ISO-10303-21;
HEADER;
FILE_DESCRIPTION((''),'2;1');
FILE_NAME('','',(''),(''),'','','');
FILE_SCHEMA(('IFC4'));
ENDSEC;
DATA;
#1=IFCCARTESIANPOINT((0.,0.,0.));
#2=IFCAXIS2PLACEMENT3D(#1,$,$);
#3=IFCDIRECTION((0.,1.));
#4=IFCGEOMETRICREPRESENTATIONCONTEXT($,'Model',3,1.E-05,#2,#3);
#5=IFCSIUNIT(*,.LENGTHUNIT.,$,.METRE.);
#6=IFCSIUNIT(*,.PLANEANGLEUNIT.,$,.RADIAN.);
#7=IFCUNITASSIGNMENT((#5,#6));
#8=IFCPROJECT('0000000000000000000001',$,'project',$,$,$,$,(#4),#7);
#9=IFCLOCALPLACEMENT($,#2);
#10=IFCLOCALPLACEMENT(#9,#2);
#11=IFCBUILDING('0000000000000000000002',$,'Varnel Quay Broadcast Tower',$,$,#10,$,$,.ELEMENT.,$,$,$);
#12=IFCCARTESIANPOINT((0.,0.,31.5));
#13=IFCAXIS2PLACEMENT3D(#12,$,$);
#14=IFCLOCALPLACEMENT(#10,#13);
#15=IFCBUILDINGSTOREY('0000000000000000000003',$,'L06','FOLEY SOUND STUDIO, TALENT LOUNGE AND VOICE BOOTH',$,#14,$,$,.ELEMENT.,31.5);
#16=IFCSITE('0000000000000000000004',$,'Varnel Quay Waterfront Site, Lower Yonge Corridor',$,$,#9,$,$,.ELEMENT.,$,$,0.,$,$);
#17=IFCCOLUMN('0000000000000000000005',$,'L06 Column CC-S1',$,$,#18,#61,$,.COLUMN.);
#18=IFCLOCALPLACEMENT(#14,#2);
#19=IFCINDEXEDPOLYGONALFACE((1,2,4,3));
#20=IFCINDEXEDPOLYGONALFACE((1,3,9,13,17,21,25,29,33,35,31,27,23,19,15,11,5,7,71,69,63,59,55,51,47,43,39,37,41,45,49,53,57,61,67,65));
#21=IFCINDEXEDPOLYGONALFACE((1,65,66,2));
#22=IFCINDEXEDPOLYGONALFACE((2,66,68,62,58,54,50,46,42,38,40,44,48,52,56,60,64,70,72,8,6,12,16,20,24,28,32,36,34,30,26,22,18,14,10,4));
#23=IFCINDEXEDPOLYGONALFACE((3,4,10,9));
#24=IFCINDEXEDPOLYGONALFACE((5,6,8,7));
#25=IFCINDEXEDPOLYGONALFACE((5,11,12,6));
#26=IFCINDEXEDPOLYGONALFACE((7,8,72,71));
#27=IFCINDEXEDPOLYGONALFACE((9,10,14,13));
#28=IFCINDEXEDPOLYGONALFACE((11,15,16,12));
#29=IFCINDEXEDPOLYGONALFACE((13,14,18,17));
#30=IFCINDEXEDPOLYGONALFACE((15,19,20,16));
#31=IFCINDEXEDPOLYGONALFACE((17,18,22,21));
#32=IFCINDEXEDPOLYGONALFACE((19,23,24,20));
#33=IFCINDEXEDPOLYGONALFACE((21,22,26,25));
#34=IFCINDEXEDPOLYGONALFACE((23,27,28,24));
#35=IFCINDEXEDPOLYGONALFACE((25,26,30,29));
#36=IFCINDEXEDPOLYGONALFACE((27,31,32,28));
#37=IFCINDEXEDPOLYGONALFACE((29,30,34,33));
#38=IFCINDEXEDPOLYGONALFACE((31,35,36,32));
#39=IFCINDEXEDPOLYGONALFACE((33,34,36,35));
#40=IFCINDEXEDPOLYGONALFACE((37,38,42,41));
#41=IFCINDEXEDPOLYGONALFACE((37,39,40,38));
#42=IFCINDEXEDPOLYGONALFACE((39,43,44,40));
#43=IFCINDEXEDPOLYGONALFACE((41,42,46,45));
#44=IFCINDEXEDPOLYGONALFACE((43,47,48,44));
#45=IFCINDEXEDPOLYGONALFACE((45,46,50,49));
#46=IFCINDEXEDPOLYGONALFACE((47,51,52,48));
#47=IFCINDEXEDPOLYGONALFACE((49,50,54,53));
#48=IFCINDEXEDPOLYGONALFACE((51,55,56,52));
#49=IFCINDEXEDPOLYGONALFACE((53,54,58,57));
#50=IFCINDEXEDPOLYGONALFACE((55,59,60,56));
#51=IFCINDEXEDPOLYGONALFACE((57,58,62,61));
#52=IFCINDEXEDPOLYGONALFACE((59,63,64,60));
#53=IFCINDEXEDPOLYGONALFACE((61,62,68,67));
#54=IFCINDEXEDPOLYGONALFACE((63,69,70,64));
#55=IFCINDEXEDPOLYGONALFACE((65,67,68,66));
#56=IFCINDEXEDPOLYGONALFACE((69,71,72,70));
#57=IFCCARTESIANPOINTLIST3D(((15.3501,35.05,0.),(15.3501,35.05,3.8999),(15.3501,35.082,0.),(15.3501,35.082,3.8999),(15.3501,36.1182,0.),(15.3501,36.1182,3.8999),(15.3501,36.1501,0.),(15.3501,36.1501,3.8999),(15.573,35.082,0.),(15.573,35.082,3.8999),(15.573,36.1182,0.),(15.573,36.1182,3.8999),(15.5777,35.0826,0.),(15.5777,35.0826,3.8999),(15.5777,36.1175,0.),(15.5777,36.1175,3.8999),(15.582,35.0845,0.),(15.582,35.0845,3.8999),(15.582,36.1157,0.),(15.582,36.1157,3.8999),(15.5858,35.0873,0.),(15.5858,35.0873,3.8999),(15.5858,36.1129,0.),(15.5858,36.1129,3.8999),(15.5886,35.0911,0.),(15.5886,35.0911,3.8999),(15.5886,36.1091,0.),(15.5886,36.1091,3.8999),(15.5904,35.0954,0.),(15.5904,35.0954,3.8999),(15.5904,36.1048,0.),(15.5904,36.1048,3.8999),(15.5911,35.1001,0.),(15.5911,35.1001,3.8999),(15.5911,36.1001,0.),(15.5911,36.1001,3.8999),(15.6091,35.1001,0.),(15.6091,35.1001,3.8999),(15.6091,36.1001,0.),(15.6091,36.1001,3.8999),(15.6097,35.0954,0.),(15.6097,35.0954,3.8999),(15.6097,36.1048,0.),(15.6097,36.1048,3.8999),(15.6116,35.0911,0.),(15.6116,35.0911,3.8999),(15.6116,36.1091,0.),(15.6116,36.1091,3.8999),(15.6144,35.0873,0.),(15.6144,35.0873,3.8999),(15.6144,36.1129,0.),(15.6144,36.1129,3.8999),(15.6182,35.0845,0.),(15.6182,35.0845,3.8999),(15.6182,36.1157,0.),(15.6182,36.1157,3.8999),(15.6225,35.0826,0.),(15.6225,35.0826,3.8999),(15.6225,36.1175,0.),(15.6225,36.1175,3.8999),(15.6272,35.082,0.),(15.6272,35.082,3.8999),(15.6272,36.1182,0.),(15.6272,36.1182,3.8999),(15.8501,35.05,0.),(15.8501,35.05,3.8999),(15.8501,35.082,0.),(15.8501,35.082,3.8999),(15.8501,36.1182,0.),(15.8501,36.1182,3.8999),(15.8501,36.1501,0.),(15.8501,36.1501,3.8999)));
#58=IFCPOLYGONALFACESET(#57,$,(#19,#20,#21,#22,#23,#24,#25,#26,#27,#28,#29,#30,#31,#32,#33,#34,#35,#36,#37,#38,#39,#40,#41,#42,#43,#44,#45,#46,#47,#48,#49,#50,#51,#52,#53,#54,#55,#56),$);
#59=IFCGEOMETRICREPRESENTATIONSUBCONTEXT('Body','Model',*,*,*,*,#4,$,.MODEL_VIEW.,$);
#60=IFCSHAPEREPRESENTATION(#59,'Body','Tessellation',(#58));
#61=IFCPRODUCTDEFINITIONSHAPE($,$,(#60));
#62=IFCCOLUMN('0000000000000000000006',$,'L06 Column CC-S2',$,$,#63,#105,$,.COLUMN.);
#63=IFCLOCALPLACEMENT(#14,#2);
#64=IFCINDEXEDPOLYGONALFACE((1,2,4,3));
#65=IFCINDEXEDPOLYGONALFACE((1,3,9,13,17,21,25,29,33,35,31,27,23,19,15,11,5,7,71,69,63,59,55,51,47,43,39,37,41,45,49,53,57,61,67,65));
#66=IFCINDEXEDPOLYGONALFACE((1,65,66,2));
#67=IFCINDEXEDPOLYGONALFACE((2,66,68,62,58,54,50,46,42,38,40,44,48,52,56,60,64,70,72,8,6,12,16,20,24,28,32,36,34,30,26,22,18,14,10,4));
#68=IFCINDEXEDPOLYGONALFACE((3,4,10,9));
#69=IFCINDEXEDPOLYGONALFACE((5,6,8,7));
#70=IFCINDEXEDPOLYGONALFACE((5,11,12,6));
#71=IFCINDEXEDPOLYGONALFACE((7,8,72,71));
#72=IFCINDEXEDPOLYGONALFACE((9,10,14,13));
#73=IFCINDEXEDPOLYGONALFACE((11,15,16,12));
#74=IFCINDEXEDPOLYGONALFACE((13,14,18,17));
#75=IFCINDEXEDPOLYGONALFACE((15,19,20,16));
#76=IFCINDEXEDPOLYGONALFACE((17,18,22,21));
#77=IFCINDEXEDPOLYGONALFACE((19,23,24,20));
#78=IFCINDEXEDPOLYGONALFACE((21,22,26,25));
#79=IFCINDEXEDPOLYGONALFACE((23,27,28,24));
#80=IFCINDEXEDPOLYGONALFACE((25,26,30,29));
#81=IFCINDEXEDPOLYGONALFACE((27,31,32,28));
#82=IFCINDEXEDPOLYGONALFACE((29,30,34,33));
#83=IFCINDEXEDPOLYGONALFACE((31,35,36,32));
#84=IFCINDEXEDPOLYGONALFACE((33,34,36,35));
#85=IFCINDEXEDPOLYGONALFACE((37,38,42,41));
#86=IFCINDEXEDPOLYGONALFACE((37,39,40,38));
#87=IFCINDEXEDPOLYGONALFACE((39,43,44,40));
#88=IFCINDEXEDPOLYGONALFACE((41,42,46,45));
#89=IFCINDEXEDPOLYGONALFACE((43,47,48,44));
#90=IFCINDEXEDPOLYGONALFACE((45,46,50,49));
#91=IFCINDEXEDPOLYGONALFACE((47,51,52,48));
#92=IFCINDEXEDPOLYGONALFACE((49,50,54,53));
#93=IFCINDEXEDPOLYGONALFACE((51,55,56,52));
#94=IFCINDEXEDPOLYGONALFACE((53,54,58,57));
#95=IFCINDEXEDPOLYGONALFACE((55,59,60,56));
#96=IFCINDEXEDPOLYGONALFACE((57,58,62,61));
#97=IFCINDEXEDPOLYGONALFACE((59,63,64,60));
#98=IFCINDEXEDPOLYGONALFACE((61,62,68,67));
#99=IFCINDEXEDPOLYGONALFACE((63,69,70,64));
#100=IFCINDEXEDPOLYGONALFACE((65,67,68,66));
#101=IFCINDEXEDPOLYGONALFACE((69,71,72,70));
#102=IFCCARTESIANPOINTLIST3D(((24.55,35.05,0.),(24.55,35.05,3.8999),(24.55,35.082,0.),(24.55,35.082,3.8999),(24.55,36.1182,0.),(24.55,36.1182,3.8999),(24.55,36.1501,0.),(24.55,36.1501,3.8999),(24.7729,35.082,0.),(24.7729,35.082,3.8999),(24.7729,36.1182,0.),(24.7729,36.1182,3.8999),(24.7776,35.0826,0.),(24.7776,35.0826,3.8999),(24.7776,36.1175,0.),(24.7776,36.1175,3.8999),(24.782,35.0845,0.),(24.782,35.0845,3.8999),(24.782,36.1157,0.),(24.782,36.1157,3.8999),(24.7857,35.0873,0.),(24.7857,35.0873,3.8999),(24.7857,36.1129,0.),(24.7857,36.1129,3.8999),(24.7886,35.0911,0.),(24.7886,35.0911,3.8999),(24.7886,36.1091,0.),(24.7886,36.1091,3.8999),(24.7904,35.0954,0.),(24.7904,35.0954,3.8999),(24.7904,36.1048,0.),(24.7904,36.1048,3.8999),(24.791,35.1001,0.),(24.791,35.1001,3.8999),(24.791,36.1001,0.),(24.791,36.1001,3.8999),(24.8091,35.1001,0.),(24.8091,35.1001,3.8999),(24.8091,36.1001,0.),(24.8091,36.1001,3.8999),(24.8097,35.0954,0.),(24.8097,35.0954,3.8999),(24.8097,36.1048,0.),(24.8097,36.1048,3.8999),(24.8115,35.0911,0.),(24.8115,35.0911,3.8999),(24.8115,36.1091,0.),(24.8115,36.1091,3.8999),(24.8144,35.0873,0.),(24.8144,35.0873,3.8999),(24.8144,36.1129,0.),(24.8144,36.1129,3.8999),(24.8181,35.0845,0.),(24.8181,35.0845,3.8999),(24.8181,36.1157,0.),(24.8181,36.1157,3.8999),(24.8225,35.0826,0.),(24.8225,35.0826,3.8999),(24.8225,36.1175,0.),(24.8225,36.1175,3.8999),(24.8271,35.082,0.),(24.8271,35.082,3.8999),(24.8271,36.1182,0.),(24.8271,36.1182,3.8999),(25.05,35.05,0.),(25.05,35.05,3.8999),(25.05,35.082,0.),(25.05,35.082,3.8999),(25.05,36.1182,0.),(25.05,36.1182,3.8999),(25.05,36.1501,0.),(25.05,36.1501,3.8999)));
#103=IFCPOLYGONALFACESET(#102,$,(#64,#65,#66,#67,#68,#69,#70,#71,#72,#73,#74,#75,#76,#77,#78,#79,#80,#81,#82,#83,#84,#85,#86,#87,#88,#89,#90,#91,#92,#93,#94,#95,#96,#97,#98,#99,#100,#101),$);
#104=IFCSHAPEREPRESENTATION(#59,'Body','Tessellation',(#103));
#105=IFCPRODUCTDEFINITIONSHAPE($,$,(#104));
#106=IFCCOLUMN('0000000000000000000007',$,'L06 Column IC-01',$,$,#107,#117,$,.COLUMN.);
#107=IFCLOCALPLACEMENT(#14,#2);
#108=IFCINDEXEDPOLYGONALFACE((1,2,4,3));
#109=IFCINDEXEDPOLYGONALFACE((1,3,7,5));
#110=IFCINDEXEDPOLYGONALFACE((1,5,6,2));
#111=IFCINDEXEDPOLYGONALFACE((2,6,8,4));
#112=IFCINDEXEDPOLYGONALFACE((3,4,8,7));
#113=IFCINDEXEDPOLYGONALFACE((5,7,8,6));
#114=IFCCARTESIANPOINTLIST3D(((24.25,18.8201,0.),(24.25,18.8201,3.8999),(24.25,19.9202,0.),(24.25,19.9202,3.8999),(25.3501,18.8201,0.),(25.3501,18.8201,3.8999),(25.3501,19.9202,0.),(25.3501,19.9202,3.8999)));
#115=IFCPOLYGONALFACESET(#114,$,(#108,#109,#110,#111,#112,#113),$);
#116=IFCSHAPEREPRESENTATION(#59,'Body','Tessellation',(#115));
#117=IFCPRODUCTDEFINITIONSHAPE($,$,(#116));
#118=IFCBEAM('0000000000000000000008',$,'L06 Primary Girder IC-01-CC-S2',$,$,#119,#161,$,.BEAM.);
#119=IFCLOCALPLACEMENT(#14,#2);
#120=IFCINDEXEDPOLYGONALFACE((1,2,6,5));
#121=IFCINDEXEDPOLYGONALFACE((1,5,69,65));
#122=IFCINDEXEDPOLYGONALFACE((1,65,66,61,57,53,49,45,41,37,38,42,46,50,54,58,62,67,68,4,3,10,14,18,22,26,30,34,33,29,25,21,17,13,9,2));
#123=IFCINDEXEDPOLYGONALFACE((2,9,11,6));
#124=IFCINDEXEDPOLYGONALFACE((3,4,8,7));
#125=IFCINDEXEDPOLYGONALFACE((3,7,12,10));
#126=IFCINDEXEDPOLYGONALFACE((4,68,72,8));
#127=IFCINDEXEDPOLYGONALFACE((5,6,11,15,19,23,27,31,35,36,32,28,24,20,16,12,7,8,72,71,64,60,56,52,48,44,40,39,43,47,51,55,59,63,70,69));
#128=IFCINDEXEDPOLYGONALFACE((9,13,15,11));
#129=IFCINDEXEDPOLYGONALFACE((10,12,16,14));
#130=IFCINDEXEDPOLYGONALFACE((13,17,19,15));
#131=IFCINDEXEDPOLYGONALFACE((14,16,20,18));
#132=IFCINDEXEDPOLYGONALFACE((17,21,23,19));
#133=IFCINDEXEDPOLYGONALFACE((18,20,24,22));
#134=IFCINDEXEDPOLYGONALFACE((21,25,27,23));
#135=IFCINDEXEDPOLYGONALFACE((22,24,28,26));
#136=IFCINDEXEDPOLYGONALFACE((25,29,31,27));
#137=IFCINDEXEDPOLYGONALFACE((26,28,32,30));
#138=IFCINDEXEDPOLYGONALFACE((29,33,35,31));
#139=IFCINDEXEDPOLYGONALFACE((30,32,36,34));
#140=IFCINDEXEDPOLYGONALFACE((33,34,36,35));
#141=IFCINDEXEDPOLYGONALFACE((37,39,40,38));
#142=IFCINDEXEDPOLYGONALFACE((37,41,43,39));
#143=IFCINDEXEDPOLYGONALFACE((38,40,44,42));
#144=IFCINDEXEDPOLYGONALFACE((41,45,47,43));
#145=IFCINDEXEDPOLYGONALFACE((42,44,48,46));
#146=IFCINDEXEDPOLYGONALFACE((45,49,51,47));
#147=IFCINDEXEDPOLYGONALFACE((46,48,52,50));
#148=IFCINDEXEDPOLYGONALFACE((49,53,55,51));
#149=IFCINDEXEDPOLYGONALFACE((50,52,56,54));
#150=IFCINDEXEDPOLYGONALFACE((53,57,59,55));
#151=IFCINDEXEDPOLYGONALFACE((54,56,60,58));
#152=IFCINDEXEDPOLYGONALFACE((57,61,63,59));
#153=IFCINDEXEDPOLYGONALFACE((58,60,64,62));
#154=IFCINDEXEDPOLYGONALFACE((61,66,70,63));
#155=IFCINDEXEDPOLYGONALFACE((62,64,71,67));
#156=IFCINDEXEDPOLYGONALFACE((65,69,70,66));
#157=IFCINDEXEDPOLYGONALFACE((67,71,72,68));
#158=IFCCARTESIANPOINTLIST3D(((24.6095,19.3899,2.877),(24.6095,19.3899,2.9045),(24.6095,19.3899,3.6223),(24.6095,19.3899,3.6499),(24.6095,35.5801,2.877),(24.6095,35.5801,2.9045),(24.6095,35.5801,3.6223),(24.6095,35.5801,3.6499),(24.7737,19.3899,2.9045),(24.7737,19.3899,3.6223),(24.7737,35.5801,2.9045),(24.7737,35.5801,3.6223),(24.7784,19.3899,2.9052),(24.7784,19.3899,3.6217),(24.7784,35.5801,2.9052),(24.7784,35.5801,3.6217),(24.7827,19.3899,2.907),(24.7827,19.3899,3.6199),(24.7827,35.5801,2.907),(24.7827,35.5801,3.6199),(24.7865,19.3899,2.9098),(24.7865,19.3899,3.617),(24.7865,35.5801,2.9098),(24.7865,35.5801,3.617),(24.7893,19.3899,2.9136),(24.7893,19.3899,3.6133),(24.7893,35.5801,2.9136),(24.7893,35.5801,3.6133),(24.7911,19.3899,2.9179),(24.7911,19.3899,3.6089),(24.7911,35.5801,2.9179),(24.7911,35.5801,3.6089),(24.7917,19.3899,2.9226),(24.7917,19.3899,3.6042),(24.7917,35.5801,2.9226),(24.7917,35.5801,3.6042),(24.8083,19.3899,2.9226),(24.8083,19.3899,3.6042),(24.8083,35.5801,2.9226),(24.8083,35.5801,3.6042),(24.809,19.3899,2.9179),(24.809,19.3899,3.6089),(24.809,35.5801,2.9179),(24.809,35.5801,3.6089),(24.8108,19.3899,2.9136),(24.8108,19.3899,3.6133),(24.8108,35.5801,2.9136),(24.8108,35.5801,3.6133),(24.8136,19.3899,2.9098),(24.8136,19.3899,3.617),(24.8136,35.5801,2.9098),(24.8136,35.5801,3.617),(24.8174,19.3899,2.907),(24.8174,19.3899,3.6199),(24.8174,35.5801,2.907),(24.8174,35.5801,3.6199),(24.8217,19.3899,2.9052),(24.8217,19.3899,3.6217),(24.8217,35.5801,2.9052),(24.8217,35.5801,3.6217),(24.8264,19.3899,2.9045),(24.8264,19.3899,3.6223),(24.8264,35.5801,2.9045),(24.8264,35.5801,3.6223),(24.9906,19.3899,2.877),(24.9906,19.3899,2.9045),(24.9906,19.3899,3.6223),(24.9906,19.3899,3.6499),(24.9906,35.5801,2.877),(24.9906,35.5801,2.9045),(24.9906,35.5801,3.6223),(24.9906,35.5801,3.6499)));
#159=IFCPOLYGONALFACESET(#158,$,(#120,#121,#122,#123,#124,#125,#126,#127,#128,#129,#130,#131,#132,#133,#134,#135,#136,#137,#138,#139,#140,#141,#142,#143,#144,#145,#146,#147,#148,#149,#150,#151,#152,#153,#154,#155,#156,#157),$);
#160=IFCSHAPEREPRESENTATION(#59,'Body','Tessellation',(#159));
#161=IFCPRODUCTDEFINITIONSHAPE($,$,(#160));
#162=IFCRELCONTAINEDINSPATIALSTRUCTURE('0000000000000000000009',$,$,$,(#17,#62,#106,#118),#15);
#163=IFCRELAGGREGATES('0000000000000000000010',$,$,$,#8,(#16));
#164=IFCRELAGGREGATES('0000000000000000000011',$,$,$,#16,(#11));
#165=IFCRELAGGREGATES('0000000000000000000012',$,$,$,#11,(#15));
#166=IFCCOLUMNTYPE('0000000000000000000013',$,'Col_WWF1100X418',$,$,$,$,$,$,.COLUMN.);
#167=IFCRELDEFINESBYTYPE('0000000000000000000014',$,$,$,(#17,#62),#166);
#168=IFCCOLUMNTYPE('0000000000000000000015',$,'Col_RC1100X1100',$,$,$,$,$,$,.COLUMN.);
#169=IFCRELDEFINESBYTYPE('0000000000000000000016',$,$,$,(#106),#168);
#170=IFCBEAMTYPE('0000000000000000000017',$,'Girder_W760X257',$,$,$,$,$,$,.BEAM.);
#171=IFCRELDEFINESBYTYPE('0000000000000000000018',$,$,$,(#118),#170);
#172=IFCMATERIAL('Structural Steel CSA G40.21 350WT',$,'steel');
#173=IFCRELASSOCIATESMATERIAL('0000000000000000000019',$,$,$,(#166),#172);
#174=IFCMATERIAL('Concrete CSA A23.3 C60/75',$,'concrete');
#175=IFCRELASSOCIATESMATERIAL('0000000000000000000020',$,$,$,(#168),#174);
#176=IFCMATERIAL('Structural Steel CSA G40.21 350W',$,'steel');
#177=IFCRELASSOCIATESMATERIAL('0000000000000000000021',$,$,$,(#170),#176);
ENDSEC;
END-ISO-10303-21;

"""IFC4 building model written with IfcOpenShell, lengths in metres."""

from ifc_helpers import new_model, si_unit, direction, frame, origin, origin_2d, place, context, subcontext, project, spatial, rectangle, i_section, extrude, source, transform, mapped, material, material_profile, profile_set, type_object, type_shapes, element, save


model = new_model("IFC4")

# Units and contexts
model_context = context("Model", 3, precision=1e-05, world=origin(), true_north=direction((0.0, 1.0)))
body_context = subcontext(model_context, "Body", "Model", "MODEL_VIEW")
ifc_project = project(units=[si_unit("LENGTHUNIT", "METRE"), si_unit("PLANEANGLEUNIT", "RADIAN")], contexts=[model_context])

# Site, building, storey
site_placement = place(None, origin())
site = spatial("IfcSite", under=ifc_project, at=site_placement, Name="Varnel Quay Waterfront Site, Lower Yonge Corridor", CompositionType="ELEMENT", RefElevation=0.0)
building_placement = place(site_placement, origin())
building = spatial("IfcBuilding", under=site, at=building_placement, Name="Varnel Quay Broadcast Tower", CompositionType="ELEMENT")
storey_placement = place(building_placement, frame((0.0, 0.0, 31.5)))
storey = spatial("IfcBuildingStorey", under=building, at=storey_placement, Name="L06", Description="FOLEY SOUND STUDIO, TALENT LOUNGE AND VOICE BOOTH", CompositionType="ELEMENT", Elevation=31.5)

# Columns
ifc_material_1 = material(Name="Structural Steel CSA G40.21 350WT", Category="steel")
ifc_material_profile_1 = material_profile(ifc_material_1, i_section(OverallWidth=0.5, OverallDepth=1.1001, WebThickness=0.0181, FlangeThickness=0.032, FilletRadius=0.0181, at=origin_2d()), Name="WWF1100X418")
ifc_profile_set_1 = profile_set([ifc_material_profile_1], Name="Structural Steel CSA G40.21 350WT")
column_type_1 = type_object("IfcColumnType", Name="Col_WWF1100X418", PredefinedType="COLUMN", material=ifc_profile_set_1)
shared_shape_1 = source(origin(), body_context, "Body", "SweptSolid", [
    extrude(i_section(OverallWidth=0.5, OverallDepth=1.1001, WebThickness=0.0181, FlangeThickness=0.032, FilletRadius=0.0181, at=origin_2d()), origin(), (0.0, 0.0, 1.0), 3.8999),
])
type_shapes(column_type_1, [shared_shape_1])
for number, where, z_axis, x_axis, name in (
    (1, (15.6001, 35.6001, 0.0), (0.0, 0.0, 1.0), (1.0, 0.0, 0.0), "L06 Column CC-S1"),
    (2, (24.8, 35.6001, 0.0), (0.0, 0.0, 1.0), (1.0, 0.0, 0.0), "L06 Column CC-S2"),
):
    element("IfcColumn", number, at=place(storey_placement, frame(where, z_axis=z_axis, x_axis=x_axis)), inside=storey, type_object=column_type_1, Name=name, PredefinedType="COLUMN", context=body_context, shape_type="MappedRepresentation", body=[
        mapped(shared_shape_1, transform((0.0, 0.0, 0.0), x_axis=(1.0, 0.0, 0.0), y_axis=(0.0, 1.0, 0.0), z_axis=(0.0, 0.0, 1.0), scale=1.0)),
    ])
ifc_material_2 = material(Name="Concrete CSA A23.3 C60/75", Category="concrete")
ifc_material_profile_2 = material_profile(ifc_material_2, rectangle(XDim=1.1001, YDim=1.1001, at=origin_2d()), Name="RC1100X1100")
ifc_profile_set_2 = profile_set([ifc_material_profile_2], Name="Concrete CSA A23.3 C60/75")
column_type_2 = type_object("IfcColumnType", Name="Col_RC1100X1100", PredefinedType="COLUMN", material=ifc_profile_set_2)
shared_shape_2 = source(origin(), body_context, "Body", "SweptSolid", [
    extrude(rectangle(XDim=1.1001, YDim=1.1001, at=origin_2d()), origin(), (0.0, 0.0, 1.0), 3.8999),
])
type_shapes(column_type_2, [shared_shape_2])
column_placement = place(storey_placement, frame((24.8, 19.3701, 0.0), z_axis=(0.0, 0.0, 1.0), x_axis=(1.0, 0.0, 0.0)))
element("IfcColumn", 3, at=column_placement, inside=storey, type_object=column_type_2, Name="L06 Column IC-01", PredefinedType="COLUMN", context=body_context, shape_type="MappedRepresentation", body=[
    mapped(shared_shape_2, transform((0.0, 0.0, 0.0), x_axis=(1.0, 0.0, 0.0), y_axis=(0.0, 1.0, 0.0), z_axis=(0.0, 0.0, 1.0), scale=1.0)),
])

# Beam
ifc_material_3 = material(Name="Structural Steel CSA G40.21 350W", Category="steel")
ifc_material_profile_3 = material_profile(ifc_material_3, i_section(OverallWidth=0.3811, OverallDepth=0.7729, WebThickness=0.0166, FlangeThickness=0.0276, FilletRadius=0.0181, at=origin_2d()), Name="W760X257")
ifc_profile_set_3 = profile_set([ifc_material_profile_3], Name="Structural Steel CSA G40.21 350W")
beam_type_1 = type_object("IfcBeamType", Name="Girder_W760X257", PredefinedType="BEAM", material=ifc_profile_set_3)
shared_shape_3 = source(origin(), body_context, "Body", "SweptSolid", [
    extrude(i_section(OverallWidth=0.3811, OverallDepth=0.7729, WebThickness=0.0166, FlangeThickness=0.0276, FilletRadius=0.0181, at=origin_2d()), origin(), (0.0, 0.0, 1.0), 16.1902),
])
beam_1_placement = place(storey_placement, frame((24.8, 19.3899, 3.2634), z_axis=(0.0, 1.0, 0.0), x_axis=(-1.0, 0.0, 0.0)))
element("IfcBeam", 4, at=beam_1_placement, inside=storey, type_object=beam_type_1, Name="L06 Primary Girder IC-01-CC-S2", PredefinedType="BEAM", context=body_context, shape_type="MappedRepresentation", body=[
    mapped(shared_shape_3, transform((0.0, 0.0, 0.0), x_axis=(1.0, 0.0, 0.0), y_axis=(0.0, 1.0, 0.0), z_axis=(0.0, 0.0, 1.0), scale=1.0)),
])

save(model, "model.ifc")
